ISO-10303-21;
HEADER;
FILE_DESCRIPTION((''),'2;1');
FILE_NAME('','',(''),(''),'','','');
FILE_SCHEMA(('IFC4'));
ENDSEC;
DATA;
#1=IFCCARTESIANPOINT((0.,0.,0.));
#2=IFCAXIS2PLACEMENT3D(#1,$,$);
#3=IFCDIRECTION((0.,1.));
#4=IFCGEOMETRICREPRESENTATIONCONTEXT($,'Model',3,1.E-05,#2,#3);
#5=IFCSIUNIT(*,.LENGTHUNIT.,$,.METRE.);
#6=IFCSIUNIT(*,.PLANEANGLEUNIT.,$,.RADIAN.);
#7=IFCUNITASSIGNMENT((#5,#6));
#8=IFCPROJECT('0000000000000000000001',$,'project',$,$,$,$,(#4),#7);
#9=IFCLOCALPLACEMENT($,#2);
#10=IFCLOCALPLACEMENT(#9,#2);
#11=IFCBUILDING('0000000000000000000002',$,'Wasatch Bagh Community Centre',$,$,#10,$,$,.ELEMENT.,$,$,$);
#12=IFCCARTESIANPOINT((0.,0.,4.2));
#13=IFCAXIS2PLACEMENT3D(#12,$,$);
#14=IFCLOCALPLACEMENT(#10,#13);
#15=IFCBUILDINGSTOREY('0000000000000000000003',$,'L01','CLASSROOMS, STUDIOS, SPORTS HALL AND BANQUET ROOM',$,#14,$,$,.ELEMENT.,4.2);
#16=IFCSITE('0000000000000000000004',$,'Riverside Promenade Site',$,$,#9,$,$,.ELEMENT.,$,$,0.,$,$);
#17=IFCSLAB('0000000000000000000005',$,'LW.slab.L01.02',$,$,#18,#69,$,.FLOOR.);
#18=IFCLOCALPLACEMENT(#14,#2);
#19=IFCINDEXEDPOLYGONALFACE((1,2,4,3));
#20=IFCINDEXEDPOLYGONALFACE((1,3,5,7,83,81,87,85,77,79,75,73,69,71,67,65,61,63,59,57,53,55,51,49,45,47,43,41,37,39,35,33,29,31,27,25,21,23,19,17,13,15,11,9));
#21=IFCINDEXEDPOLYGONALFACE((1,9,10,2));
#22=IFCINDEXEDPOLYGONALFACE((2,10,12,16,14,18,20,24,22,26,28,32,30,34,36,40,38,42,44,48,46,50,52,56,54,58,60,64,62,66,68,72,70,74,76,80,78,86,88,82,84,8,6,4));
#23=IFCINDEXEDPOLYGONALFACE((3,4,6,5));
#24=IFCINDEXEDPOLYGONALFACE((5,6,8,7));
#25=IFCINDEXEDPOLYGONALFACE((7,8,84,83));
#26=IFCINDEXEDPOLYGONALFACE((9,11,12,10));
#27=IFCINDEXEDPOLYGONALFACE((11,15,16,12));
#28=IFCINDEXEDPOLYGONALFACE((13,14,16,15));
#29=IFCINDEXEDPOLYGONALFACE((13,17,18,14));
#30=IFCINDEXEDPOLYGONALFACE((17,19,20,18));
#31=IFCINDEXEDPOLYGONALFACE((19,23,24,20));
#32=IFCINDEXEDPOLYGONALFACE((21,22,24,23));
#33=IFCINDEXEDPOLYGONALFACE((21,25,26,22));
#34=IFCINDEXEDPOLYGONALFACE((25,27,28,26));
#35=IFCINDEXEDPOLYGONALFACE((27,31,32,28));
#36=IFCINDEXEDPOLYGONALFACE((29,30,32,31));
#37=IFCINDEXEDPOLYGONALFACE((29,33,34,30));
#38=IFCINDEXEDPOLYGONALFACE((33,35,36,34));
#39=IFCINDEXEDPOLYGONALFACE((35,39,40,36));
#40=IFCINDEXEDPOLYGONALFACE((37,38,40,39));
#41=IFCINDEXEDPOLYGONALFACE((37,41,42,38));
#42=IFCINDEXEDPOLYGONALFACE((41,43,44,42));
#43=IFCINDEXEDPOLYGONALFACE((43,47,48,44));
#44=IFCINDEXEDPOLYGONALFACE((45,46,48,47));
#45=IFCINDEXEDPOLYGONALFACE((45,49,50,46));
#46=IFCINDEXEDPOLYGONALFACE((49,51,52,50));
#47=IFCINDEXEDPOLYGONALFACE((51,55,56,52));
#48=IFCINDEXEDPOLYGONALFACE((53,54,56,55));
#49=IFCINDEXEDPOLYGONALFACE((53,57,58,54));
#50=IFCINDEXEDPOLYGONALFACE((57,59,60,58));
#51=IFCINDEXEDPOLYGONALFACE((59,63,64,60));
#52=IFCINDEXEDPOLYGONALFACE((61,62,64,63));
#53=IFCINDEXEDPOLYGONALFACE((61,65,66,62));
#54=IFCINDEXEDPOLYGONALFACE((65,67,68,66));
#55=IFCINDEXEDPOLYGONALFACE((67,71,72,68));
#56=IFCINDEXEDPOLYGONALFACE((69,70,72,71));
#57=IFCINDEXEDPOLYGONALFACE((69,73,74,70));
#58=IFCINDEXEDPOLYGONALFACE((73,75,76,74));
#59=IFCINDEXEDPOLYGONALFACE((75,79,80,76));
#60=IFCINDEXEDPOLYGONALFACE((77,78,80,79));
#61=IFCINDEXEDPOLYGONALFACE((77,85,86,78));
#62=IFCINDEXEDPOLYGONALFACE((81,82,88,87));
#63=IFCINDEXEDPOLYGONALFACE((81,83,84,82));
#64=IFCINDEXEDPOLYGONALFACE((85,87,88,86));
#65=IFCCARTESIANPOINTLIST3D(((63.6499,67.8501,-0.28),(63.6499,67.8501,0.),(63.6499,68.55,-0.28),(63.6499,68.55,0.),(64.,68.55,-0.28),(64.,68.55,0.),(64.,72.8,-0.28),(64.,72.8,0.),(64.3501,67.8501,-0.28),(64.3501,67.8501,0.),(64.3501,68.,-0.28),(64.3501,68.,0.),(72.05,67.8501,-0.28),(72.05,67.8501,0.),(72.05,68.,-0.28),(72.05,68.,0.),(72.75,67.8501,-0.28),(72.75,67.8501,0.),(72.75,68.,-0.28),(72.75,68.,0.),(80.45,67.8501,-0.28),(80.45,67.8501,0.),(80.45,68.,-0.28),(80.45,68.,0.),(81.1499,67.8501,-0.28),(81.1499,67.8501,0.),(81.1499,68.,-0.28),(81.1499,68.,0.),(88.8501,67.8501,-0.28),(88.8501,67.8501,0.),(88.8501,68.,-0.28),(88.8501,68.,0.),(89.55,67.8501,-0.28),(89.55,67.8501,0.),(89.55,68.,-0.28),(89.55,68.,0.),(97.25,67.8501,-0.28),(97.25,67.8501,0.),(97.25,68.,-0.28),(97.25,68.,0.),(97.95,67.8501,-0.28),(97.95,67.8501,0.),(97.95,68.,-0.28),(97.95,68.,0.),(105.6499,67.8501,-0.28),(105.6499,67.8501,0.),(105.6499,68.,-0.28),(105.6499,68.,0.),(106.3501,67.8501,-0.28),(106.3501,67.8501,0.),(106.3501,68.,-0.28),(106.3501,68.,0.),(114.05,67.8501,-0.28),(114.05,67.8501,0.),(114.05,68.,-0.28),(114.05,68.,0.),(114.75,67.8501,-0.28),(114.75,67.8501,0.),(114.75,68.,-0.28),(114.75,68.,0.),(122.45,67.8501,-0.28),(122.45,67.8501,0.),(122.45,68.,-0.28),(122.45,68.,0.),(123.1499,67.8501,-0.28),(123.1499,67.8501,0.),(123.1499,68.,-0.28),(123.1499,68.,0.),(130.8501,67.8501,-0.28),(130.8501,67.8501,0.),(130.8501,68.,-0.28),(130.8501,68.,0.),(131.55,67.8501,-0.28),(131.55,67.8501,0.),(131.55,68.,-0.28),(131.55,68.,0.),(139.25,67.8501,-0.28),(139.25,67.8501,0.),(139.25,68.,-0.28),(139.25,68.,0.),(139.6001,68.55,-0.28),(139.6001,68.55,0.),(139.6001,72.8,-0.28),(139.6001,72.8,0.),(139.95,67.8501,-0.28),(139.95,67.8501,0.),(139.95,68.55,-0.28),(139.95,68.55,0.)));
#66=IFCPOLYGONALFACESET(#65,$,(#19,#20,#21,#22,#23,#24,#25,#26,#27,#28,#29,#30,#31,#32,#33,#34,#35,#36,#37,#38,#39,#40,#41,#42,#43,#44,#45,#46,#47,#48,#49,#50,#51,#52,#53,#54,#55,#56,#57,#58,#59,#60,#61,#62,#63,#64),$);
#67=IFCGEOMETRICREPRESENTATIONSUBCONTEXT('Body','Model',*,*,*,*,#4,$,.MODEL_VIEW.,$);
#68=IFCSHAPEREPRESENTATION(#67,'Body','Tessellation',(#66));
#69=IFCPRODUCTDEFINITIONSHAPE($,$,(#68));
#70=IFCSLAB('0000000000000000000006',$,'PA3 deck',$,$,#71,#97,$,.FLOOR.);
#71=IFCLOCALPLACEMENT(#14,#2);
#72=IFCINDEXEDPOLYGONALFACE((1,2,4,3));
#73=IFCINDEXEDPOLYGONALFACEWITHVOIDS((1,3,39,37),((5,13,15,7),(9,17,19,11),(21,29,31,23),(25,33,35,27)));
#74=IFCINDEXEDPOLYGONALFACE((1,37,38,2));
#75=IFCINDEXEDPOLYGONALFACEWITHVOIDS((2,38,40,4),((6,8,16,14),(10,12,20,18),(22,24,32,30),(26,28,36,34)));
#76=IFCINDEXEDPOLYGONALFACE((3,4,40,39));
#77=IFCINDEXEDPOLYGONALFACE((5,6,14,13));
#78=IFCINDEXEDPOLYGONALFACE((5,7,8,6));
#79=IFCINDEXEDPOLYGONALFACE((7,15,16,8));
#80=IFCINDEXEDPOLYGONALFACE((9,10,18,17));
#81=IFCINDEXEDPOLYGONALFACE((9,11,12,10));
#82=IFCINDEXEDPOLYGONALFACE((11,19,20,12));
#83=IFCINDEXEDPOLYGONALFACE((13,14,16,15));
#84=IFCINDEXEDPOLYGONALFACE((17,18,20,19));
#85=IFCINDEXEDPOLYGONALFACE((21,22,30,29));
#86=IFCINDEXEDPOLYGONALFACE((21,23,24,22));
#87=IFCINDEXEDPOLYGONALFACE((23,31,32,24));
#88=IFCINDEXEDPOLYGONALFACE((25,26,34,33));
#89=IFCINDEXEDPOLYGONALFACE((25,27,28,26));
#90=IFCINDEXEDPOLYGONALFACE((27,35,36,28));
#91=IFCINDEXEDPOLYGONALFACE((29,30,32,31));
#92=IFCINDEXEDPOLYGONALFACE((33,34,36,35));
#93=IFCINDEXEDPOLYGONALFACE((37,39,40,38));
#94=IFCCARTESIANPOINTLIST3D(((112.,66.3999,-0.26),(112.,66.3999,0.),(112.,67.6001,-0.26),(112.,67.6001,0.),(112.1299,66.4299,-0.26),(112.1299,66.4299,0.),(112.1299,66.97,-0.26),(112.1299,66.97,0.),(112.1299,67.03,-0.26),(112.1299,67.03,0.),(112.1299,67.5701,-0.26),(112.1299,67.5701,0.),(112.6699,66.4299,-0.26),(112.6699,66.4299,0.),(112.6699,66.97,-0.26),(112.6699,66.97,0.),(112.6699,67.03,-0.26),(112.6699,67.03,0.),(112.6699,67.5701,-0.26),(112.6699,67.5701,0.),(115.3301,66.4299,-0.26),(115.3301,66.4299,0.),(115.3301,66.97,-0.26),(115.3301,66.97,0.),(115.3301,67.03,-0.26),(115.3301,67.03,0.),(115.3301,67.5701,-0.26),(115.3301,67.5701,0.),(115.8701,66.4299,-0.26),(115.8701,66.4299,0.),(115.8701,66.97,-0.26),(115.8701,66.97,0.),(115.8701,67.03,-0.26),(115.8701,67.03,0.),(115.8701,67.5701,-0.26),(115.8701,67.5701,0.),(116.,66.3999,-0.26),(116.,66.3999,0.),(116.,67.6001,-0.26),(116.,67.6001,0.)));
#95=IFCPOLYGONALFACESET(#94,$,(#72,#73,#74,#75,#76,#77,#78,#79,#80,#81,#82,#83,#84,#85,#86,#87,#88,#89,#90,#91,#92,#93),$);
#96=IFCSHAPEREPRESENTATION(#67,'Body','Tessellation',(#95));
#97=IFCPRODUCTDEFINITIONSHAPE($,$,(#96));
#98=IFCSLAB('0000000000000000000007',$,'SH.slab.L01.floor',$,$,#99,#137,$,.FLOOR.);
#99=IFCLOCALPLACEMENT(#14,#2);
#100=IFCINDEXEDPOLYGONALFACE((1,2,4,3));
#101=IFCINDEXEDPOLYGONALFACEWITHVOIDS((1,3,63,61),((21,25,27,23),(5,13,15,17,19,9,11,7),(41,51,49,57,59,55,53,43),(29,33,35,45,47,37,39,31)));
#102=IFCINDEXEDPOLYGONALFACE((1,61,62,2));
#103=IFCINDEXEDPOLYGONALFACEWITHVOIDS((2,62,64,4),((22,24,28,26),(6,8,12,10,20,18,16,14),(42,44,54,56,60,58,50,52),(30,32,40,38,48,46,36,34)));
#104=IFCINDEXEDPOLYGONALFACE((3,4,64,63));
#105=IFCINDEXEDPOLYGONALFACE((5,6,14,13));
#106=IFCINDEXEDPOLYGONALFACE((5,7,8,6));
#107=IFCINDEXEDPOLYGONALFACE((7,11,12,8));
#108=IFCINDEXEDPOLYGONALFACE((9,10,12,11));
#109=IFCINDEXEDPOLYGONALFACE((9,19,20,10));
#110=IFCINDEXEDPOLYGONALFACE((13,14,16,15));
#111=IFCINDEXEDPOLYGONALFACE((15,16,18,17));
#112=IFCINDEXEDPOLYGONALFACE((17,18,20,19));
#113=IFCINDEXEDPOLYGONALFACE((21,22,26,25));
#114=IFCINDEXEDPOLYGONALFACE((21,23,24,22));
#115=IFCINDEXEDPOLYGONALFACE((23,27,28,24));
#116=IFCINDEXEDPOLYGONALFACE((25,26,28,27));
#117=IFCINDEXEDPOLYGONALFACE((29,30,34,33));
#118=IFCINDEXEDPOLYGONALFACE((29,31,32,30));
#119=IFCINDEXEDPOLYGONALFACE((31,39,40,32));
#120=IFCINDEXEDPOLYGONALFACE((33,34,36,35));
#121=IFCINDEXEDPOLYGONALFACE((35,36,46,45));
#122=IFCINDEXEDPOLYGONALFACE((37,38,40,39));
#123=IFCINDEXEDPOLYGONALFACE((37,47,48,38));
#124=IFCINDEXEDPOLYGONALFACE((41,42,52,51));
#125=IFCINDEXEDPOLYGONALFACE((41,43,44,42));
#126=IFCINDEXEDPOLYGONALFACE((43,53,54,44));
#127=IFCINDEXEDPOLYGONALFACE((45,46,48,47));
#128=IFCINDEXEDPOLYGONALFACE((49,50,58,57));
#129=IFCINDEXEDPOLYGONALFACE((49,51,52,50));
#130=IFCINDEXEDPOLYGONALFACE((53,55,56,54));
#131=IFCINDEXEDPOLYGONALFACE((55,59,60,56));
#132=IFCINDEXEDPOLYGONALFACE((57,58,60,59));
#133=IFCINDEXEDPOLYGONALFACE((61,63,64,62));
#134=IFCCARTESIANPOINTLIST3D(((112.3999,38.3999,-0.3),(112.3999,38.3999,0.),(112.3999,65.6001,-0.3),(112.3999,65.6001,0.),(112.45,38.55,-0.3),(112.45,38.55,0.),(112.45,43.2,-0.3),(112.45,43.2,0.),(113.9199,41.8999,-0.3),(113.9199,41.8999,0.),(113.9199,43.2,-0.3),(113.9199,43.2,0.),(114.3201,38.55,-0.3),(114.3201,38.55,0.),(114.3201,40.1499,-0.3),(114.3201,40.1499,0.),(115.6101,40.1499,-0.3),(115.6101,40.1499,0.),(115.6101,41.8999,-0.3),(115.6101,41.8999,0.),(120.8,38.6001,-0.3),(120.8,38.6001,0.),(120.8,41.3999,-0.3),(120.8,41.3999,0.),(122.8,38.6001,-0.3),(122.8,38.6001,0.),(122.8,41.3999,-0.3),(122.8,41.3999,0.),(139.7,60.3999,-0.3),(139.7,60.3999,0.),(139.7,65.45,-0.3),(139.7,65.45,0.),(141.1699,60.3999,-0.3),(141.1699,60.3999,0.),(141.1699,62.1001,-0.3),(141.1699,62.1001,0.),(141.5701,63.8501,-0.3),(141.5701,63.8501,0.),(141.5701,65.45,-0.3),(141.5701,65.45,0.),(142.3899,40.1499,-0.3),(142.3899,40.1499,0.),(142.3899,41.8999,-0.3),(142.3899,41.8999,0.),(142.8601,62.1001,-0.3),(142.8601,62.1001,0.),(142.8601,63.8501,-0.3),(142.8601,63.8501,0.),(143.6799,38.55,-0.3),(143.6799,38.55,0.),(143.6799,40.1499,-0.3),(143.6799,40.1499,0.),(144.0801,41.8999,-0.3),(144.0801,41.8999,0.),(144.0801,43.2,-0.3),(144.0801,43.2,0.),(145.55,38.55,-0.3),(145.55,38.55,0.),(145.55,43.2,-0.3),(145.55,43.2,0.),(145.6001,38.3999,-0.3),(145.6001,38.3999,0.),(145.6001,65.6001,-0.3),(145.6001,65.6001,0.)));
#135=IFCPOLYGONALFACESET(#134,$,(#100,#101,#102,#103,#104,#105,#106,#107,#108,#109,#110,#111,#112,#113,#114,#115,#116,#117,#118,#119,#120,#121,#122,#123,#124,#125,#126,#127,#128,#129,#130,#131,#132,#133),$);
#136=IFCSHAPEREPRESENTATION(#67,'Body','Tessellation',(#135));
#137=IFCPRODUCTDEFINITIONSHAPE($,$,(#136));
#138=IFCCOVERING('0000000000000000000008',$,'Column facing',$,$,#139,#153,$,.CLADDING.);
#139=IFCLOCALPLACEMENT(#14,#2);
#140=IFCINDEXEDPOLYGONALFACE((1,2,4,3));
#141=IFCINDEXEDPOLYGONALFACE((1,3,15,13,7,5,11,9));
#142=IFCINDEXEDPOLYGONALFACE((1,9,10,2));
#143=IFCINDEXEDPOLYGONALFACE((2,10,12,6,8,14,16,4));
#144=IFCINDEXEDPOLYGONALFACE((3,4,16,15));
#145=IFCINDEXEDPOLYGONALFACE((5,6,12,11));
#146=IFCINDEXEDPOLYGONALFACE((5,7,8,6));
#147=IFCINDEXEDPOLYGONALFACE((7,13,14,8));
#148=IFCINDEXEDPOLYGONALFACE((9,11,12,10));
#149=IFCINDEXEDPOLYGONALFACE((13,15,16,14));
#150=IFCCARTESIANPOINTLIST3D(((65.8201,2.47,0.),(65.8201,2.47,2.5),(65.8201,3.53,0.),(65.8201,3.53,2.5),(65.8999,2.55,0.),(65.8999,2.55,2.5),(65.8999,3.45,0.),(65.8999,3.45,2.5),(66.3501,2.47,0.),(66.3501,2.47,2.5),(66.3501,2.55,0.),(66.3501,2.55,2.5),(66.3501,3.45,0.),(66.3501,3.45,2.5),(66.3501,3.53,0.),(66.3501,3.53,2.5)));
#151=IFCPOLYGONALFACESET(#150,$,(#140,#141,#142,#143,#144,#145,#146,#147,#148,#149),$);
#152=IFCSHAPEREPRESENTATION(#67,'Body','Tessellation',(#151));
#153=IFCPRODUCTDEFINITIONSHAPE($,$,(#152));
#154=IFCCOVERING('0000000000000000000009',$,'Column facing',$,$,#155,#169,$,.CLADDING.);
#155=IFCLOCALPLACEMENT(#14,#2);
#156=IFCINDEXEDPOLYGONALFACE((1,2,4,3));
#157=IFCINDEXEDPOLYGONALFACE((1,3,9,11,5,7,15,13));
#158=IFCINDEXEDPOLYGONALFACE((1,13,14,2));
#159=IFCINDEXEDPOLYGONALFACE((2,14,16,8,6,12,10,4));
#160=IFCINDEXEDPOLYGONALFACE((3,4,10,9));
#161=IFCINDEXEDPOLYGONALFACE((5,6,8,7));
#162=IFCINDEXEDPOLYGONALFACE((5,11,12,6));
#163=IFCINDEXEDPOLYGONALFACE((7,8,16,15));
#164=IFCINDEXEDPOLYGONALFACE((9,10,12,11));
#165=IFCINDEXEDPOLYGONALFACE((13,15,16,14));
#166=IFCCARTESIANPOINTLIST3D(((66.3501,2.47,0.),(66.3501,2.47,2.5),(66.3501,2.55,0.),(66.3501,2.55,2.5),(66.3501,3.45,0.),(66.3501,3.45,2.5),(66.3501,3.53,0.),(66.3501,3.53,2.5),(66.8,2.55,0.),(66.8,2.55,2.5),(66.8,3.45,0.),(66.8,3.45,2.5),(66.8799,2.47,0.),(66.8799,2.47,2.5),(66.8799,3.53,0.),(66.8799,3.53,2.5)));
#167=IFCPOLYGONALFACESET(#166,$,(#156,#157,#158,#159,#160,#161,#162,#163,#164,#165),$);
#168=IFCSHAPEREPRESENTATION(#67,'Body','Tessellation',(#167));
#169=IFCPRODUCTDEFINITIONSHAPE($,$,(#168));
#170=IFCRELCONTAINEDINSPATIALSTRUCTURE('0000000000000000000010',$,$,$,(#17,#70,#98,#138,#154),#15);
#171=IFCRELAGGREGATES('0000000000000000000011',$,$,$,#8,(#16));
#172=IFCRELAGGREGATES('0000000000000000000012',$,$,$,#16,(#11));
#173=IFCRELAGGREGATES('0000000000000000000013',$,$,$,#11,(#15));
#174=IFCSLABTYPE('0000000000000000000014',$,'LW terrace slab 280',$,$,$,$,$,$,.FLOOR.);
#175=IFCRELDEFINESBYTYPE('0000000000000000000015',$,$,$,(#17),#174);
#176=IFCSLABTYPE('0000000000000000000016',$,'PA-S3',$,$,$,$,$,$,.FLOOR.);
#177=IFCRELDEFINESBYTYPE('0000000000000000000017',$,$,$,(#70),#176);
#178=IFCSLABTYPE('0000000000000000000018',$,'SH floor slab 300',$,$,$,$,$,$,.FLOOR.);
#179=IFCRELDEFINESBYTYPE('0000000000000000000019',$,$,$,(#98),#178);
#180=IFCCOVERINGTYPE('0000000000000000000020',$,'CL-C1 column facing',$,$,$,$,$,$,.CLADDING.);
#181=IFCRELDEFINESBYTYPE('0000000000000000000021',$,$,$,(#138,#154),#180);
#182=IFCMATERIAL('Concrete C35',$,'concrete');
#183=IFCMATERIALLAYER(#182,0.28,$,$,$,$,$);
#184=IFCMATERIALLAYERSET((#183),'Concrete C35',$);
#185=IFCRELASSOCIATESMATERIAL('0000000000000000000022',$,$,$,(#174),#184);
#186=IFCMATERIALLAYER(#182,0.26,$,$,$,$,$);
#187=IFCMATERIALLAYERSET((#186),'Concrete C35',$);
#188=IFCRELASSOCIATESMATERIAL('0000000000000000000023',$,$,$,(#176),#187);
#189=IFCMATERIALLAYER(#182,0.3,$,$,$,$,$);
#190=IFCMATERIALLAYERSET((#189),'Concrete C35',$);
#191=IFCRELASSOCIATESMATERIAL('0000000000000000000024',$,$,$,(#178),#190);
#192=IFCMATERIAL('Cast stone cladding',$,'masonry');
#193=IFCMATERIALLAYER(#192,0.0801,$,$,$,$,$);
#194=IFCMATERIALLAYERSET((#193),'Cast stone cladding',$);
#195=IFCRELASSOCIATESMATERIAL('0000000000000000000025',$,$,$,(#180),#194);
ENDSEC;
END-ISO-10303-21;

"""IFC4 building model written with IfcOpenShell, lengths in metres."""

from ifc_helpers import new_model, si_unit, direction, frame, origin, place, context, subcontext, project, spatial, polyline, outline, extrude, material, layer, layer_set, type_object, element, save


model = new_model("IFC4")

# Units and contexts
model_context = context("Model", 3, precision=1e-05, world=origin(), true_north=direction((0.0, 1.0)))
body_context = subcontext(model_context, "Body", "Model", "MODEL_VIEW")
ifc_project = project(units=[si_unit("LENGTHUNIT", "METRE"), si_unit("PLANEANGLEUNIT", "RADIAN")], contexts=[model_context])

# Site, building, storey
site_placement = place(None, origin())
site = spatial("IfcSite", under=ifc_project, at=site_placement, Name="Riverside Promenade Site", CompositionType="ELEMENT", RefElevation=0.0)
building_placement = place(site_placement, origin())
building = spatial("IfcBuilding", under=site, at=building_placement, Name="Wasatch Bagh Community Centre", CompositionType="ELEMENT")
storey_placement = place(building_placement, frame((0.0, 0.0, 4.2)))
storey = spatial("IfcBuildingStorey", under=building, at=storey_placement, Name="L01", Description="CLASSROOMS, STUDIOS, SPORTS HALL AND BANQUET ROOM", CompositionType="ELEMENT", Elevation=4.2)

# Slabs
ifc_material_1 = material(Name="Concrete C35", Category="concrete")
ifc_layer_1 = layer(ifc_material_1, 0.28)
ifc_layer_set_1 = layer_set([ifc_layer_1], Name="Concrete C35")
slab_type_1 = type_object("IfcSlabType", Name="LW terrace slab 280", PredefinedType="FLOOR", material=ifc_layer_set_1)
slab_1_placement = place(storey_placement, frame((0.0, 0.0, -0.28)))
element("IfcSlab", 1, at=slab_1_placement, inside=storey, type_object=slab_type_1, Name="LW.slab.L01.02", PredefinedType="FLOOR", context=body_context, shape_type="SweptSolid", body=[
    extrude(outline(polyline([(72.75, 68.0), (72.75, 67.8501), (72.05, 67.8501), (72.05, 68.0), (64.3501, 68.0), (64.3501, 67.8501), (63.6499, 67.8501), (63.6499, 68.55), (64.0, 68.55), (64.0, 72.8), (139.6001, 72.8), (139.6001, 68.55), (139.95, 68.55), (139.95, 67.8501), (139.25, 67.8501), (139.25, 68.0), (131.55, 68.0), (131.55, 67.8501), (130.8501, 67.8501), (130.8501, 68.0), (123.1499, 68.0), (123.1499, 67.8501), (122.45, 67.8501), (122.45, 68.0), (114.75, 68.0), (114.75, 67.8501), (114.05, 67.8501), (114.05, 68.0), (106.3501, 68.0), (106.3501, 67.8501), (105.6499, 67.8501), (105.6499, 68.0), (97.95, 68.0), (97.95, 67.8501), (97.25, 67.8501), (97.25, 68.0), (89.55, 68.0), (89.55, 67.8501), (88.8501, 67.8501), (88.8501, 68.0), (81.1499, 68.0), (81.1499, 67.8501), (80.45, 67.8501), (80.45, 68.0), (72.75, 68.0)])), origin(), (0.0, 0.0, 1.0), 0.28),
])
ifc_layer_2 = layer(ifc_material_1, 0.26)
ifc_layer_set_2 = layer_set([ifc_layer_2], Name="Concrete C35")
slab_type_2 = type_object("IfcSlabType", Name="PA-S3", PredefinedType="FLOOR", material=ifc_layer_set_2)
slab_2_placement = place(storey_placement, frame((0.0, 0.0, -0.26)))
element("IfcSlab", 2, at=slab_2_placement, inside=storey, type_object=slab_type_2, Name="PA3 deck", PredefinedType="FLOOR", context=body_context, shape_type="SweptSolid", body=[
    extrude(outline(polyline([(112.0, 66.3999), (112.0, 67.6001), (116.0, 67.6001), (116.0, 66.3999), (112.0, 66.3999)]), holes=[polyline([(112.1299, 66.4299), (112.6699, 66.4299), (112.6699, 66.97), (112.1299, 66.97), (112.1299, 66.4299)]), polyline([(115.3301, 66.4299), (115.8701, 66.4299), (115.8701, 66.97), (115.3301, 66.97), (115.3301, 66.4299)]), polyline([(112.1299, 67.03), (112.6699, 67.03), (112.6699, 67.5701), (112.1299, 67.5701), (112.1299, 67.03)]), polyline([(115.3301, 67.03), (115.8701, 67.03), (115.8701, 67.5701), (115.3301, 67.5701), (115.3301, 67.03)])]), origin(), (0.0, 0.0, 1.0), 0.26),
])
ifc_layer_3 = layer(ifc_material_1, 0.3)
ifc_layer_set_3 = layer_set([ifc_layer_3], Name="Concrete C35")
slab_type_3 = type_object("IfcSlabType", Name="SH floor slab 300", PredefinedType="FLOOR", material=ifc_layer_set_3)
slab_3_placement = place(storey_placement, frame((0.0, 0.0, -0.3)))
element("IfcSlab", 3, at=slab_3_placement, inside=storey, type_object=slab_type_3, Name="SH.slab.L01.floor", PredefinedType="FLOOR", context=body_context, shape_type="SweptSolid", body=[
    extrude(outline(polyline([(112.3999, 38.3999), (145.6001, 38.3999), (145.6001, 65.6001), (112.3999, 65.6001), (112.3999, 38.3999)]), holes=[polyline([(114.3201, 38.55), (112.45, 38.55), (112.45, 43.2), (113.9199, 43.2), (113.9199, 41.8999), (115.6101, 41.8999), (115.6101, 40.1499), (114.3201, 40.1499), (114.3201, 38.55)]), polyline([(143.6799, 38.55), (145.55, 38.55), (145.55, 43.2), (144.0801, 43.2), (144.0801, 41.8999), (142.3899, 41.8999), (142.3899, 40.1499), (143.6799, 40.1499), (143.6799, 38.55)]), polyline([(141.5701, 65.45), (139.7, 65.45), (139.7, 60.3999), (141.1699, 60.3999), (141.1699, 62.1001), (142.8601, 62.1001), (142.8601, 63.8501), (141.5701, 63.8501), (141.5701, 65.45)]), polyline([(120.8, 38.6001), (122.8, 38.6001), (122.8, 41.3999), (120.8, 41.3999), (120.8, 38.6001)])]), origin(), (0.0, 0.0, 1.0), 0.3),
])

# Coverings
ifc_material_2 = material(Name="Cast stone cladding", Category="masonry")
ifc_layer_4 = layer(ifc_material_2, 0.0801)
ifc_layer_set_4 = layer_set([ifc_layer_4], Name="Cast stone cladding")
covering_type = type_object("IfcCoveringType", Name="CL-C1 column facing", PredefinedType="CLADDING", material=ifc_layer_set_4)
covering_1_placement = place(storey_placement, origin())
element("IfcCovering", 4, at=covering_1_placement, inside=storey, type_object=covering_type, Name="Column facing", PredefinedType="CLADDING", context=body_context, shape_type="SweptSolid", body=[
    extrude(outline(polyline([(66.3501, 3.53), (66.3501, 3.45), (65.8999, 3.45), (65.8999, 2.55), (66.3501, 2.55), (66.3501, 2.47), (65.8201, 2.47), (65.8201, 3.53), (66.3501, 3.53)])), origin(), (0.0, 0.0, 1.0), 2.5),
])
covering_2_placement = place(storey_placement, origin())
element("IfcCovering", 5, at=covering_2_placement, inside=storey, type_object=covering_type, Name="Column facing", PredefinedType="CLADDING", context=body_context, shape_type="SweptSolid", body=[
    extrude(outline(polyline([(66.8799, 3.53), (66.8799, 2.47), (66.3501, 2.47), (66.3501, 2.55), (66.8, 2.55), (66.8, 3.45), (66.3501, 3.45), (66.3501, 3.53), (66.8799, 3.53)])), origin(), (0.0, 0.0, 1.0), 2.5),
])

save(model, "model.ifc")
